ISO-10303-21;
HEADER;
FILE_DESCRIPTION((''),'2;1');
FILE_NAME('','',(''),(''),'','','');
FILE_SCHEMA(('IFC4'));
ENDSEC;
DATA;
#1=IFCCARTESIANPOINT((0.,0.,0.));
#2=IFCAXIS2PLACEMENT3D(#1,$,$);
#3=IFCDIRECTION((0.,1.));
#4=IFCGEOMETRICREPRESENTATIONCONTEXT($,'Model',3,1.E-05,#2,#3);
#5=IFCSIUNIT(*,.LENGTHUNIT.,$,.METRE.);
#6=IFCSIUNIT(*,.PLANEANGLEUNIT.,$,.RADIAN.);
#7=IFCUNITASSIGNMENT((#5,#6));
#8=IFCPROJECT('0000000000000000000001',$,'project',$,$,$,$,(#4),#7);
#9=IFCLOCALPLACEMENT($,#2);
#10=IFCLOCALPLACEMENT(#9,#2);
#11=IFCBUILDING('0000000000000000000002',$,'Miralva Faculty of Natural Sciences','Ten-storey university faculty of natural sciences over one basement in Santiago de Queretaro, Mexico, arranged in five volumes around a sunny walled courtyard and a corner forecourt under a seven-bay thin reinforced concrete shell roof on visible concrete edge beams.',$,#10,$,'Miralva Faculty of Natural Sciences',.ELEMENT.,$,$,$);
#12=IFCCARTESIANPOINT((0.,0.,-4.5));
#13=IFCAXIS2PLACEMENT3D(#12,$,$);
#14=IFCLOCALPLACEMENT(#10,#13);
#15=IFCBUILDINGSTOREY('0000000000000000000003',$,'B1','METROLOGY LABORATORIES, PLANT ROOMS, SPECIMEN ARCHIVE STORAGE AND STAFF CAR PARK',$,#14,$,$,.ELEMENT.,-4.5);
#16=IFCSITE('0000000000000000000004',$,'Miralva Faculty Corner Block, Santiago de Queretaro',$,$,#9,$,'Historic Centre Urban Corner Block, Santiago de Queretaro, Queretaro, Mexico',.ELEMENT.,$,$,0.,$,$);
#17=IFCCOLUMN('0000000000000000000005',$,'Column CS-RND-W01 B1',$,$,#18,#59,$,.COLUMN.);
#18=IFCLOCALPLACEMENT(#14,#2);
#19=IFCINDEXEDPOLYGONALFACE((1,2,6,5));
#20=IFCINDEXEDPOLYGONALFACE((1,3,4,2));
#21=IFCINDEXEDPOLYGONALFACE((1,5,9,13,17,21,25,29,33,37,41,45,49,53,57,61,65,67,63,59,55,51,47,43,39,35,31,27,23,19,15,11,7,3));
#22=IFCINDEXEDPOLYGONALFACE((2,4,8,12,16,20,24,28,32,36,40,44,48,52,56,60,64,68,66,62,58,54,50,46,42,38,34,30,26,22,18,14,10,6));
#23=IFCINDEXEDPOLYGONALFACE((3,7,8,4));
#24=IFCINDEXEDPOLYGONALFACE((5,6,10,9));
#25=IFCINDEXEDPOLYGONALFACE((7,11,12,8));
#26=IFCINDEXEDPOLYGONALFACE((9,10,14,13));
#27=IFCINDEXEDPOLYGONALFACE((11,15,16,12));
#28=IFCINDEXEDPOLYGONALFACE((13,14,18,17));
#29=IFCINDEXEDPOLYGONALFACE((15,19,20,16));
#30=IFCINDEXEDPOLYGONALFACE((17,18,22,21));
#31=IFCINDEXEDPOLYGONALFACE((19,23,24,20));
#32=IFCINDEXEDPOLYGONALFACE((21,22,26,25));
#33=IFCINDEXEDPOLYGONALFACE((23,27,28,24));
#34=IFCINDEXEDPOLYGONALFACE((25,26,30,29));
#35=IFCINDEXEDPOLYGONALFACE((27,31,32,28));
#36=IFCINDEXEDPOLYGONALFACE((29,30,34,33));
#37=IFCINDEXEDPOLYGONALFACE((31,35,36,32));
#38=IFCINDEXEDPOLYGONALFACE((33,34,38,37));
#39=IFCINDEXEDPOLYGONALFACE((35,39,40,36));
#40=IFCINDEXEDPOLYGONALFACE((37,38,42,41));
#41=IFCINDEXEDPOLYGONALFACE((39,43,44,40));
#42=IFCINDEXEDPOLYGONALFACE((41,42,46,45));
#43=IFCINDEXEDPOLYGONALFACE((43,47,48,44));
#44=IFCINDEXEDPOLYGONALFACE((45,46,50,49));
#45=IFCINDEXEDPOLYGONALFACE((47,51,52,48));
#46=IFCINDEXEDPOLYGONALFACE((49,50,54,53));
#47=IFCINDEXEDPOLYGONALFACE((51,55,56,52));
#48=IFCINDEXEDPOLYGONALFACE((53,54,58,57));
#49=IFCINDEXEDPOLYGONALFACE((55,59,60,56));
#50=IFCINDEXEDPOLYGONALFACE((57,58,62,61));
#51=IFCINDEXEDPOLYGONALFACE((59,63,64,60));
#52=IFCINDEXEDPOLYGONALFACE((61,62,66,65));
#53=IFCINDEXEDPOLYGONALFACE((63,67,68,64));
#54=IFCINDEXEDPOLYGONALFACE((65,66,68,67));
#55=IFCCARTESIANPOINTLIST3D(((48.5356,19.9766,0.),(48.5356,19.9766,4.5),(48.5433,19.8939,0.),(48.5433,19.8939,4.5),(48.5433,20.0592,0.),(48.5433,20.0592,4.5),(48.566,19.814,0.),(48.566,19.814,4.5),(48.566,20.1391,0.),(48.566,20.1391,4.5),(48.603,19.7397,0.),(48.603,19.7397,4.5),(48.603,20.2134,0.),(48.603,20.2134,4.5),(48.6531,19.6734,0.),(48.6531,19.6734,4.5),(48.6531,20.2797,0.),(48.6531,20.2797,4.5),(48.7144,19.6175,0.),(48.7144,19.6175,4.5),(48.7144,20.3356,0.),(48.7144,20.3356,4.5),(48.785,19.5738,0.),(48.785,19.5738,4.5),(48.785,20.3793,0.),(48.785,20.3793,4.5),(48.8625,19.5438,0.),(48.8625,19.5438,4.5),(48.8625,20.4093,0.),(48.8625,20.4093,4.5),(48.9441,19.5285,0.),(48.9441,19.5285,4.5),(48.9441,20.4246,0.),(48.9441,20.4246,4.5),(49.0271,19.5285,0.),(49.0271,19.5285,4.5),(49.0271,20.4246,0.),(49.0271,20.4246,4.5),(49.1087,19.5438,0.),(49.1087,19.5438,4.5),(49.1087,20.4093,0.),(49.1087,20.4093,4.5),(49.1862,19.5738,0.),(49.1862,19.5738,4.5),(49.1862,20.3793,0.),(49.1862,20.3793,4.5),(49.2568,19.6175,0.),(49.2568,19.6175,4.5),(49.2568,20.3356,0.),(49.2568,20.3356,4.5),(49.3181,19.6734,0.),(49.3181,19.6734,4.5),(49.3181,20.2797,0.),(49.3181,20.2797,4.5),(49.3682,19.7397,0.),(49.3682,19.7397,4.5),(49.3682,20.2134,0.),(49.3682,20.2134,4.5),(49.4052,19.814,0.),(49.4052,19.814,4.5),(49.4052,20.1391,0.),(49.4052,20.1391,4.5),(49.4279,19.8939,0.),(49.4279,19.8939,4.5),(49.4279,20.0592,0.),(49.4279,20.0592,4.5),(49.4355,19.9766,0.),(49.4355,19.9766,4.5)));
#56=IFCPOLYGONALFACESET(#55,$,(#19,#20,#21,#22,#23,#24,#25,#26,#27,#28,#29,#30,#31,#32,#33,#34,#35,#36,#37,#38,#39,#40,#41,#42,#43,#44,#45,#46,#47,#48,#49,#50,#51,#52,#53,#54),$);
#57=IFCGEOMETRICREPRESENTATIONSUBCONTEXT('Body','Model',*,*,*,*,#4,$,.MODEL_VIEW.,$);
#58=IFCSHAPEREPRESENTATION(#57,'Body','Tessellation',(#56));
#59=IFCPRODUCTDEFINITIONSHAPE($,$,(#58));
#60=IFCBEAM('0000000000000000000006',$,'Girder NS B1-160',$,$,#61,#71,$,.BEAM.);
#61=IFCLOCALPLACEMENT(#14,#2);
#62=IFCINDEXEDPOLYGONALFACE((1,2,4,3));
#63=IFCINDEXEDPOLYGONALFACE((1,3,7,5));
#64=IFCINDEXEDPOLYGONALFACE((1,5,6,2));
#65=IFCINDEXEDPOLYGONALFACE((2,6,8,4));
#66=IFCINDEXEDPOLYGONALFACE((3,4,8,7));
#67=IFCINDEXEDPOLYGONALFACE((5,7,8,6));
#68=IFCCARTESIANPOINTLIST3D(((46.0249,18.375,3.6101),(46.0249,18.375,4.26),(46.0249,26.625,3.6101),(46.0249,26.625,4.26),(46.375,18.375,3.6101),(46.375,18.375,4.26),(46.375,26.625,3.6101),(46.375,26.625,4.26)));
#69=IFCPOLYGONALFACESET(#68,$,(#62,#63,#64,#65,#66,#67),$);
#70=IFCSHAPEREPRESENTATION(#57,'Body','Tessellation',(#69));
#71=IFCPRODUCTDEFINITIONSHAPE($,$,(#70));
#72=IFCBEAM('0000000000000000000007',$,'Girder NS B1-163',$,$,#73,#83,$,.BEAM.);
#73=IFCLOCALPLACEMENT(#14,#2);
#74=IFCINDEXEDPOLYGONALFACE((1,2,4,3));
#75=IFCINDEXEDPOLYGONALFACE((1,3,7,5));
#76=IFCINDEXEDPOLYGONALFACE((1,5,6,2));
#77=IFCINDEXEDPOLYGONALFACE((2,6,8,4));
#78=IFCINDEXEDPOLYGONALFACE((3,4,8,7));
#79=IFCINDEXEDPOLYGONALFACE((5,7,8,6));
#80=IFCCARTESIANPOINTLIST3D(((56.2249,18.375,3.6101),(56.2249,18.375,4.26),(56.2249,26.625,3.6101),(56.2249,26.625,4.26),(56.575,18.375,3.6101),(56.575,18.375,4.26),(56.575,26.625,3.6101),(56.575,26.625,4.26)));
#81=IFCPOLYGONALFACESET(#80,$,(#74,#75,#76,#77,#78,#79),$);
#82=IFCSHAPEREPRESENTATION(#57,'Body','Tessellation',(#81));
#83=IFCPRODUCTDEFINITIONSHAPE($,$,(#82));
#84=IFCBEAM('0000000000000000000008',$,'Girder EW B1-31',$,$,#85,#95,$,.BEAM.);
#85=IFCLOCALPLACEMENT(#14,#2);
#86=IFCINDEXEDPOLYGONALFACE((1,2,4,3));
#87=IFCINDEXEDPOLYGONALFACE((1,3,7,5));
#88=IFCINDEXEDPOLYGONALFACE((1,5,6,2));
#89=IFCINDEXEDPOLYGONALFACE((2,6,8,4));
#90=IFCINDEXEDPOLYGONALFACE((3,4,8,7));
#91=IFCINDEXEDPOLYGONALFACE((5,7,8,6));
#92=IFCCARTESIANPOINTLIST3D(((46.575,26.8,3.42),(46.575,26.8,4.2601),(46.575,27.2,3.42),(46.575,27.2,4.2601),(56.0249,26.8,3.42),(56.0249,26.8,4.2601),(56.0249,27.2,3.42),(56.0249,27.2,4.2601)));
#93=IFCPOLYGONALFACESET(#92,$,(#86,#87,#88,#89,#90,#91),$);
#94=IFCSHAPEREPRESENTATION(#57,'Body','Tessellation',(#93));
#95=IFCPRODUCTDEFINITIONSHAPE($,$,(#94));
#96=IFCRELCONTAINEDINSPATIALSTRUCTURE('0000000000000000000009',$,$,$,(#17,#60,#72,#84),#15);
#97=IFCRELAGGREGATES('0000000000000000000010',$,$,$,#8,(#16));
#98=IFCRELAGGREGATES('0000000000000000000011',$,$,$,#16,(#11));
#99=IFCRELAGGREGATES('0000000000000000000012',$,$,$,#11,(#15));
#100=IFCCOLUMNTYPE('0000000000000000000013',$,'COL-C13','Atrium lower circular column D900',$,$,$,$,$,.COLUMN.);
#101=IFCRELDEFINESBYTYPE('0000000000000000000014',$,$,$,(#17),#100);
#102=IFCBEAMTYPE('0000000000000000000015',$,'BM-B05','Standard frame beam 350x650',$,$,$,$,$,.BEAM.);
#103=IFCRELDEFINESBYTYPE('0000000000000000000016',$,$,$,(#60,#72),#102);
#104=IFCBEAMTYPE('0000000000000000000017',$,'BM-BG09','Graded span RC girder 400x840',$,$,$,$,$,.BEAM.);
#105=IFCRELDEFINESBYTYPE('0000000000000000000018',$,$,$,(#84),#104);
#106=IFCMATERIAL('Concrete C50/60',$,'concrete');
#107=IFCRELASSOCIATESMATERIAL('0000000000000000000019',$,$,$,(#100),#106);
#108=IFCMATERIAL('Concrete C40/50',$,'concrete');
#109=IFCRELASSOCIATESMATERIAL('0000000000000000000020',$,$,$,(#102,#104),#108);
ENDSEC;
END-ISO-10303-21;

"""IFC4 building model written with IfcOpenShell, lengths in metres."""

from ifc_helpers import new_model, si_unit, direction, frame, origin, origin_2d, place, context, subcontext, project, spatial, rectangle, circle, extrude, material, material_profile, profile_set, type_object, element, save


model = new_model("IFC4")

# Units and contexts
model_context = context("Model", 3, precision=1e-05, world=origin(), true_north=direction((0.0, 1.0)))
body_context = subcontext(model_context, "Body", "Model", "MODEL_VIEW")
ifc_project = project(units=[si_unit("LENGTHUNIT", "METRE"), si_unit("PLANEANGLEUNIT", "RADIAN")], contexts=[model_context])

# Site, building, storey
site_placement = place(None, origin())
site = spatial("IfcSite", under=ifc_project, at=site_placement, Name="Miralva Faculty Corner Block, Santiago de Queretaro", LongName="Historic Centre Urban Corner Block, Santiago de Queretaro, Queretaro, Mexico", CompositionType="ELEMENT", RefElevation=0.0)
building_placement = place(site_placement, origin())
building = spatial("IfcBuilding", under=site, at=building_placement, Name="Miralva Faculty of Natural Sciences", Description="Ten-storey university faculty of natural sciences over one basement in Santiago de Queretaro, Mexico, arranged in five volumes around a sunny walled courtyard and a corner forecourt under a seven-bay thin reinforced concrete shell roof on visible concrete edge beams.", LongName="Miralva Faculty of Natural Sciences", CompositionType="ELEMENT")
storey_placement = place(building_placement, frame((0.0, 0.0, -4.5)))
storey = spatial("IfcBuildingStorey", under=building, at=storey_placement, Name="B1", Description="METROLOGY LABORATORIES, PLANT ROOMS, SPECIMEN ARCHIVE STORAGE AND STAFF CAR PARK", CompositionType="ELEMENT", Elevation=-4.5)

# Column
ifc_material_1 = material(Name="Concrete C40/50", Category="concrete")
ifc_material_2 = material(Name="Concrete C50/60", Category="concrete")
ifc_material_profile_1 = material_profile(ifc_material_2, circle(Radius=0.45, at=origin_2d()), Name="RC DIA 900")
ifc_profile_set_1 = profile_set([ifc_material_profile_1], Name="Concrete C50/60")
column_type_1 = type_object("IfcColumnType", Name="COL-C13", Description="Atrium lower circular column D900", PredefinedType="COLUMN", material=ifc_profile_set_1)
for number, where, z_axis, x_axis, name in (
    (1, (48.9856, 19.9766, 0.0), (0.0, 0.0, 1.0), (1.0, 0.0, 0.0), "Column CS-RND-W01 B1"),
):
    element("IfcColumn", number, at=place(storey_placement, frame(where, z_axis=z_axis, x_axis=x_axis)), inside=storey, type_object=column_type_1, Name=name, PredefinedType="COLUMN", context=body_context, shape_type="SweptSolid", body=[
        extrude(circle(Radius=0.45, at=origin_2d()), origin(), (0.0, 0.0, 1.0), 4.5),
    ])

# Beams
ifc_material_profile_2 = material_profile(ifc_material_1, rectangle(XDim=0.3501, YDim=0.6499, at=origin_2d()), Name="RC 350x650")
ifc_profile_set_2 = profile_set([ifc_material_profile_2], Name="Concrete C40/50")
beam_type_1 = type_object("IfcBeamType", Name="BM-B05", Description="Standard frame beam 350x650", PredefinedType="BEAM", material=ifc_profile_set_2)
for number, where, z_axis, x_axis, name in (
    (2, (46.2, 18.375, 3.9351), (0.0, 1.0, 0.0), (-1.0, 0.0, 0.0), "Girder NS B1-160"),
    (3, (56.3999, 18.375, 3.9351), (0.0, 1.0, 0.0), (-1.0, 0.0, 0.0), "Girder NS B1-163"),
):
    element("IfcBeam", number, at=place(storey_placement, frame(where, z_axis=z_axis, x_axis=x_axis)), inside=storey, type_object=beam_type_1, Name=name, PredefinedType="BEAM", context=body_context, shape_type="SweptSolid", body=[
        extrude(rectangle(XDim=0.3501, YDim=0.6499, at=origin_2d()), origin(), (0.0, 0.0, 1.0), 8.25),
    ])
ifc_material_profile_3 = material_profile(ifc_material_1, rectangle(XDim=0.3999, YDim=0.8401, at=origin_2d()), Name="RC 400x840")
ifc_profile_set_3 = profile_set([ifc_material_profile_3], Name="Concrete C40/50")
beam_type_2 = type_object("IfcBeamType", Name="BM-BG09", Description="Graded span RC girder 400x840", PredefinedType="BEAM", material=ifc_profile_set_3)
beam_placement = place(storey_placement, frame((46.575, 27.0, 3.8401), z_axis=(1.0, 0.0, 0.0), x_axis=(0.0, 1.0, 0.0)))
element("IfcBeam", 4, at=beam_placement, inside=storey, type_object=beam_type_2, Name="Girder EW B1-31", PredefinedType="BEAM", context=body_context, shape_type="SweptSolid", body=[
    extrude(rectangle(XDim=0.3999, YDim=0.8401, at=origin_2d()), origin(), (0.0, 0.0, 1.0), 9.45),
])

save(model, "model.ifc")
